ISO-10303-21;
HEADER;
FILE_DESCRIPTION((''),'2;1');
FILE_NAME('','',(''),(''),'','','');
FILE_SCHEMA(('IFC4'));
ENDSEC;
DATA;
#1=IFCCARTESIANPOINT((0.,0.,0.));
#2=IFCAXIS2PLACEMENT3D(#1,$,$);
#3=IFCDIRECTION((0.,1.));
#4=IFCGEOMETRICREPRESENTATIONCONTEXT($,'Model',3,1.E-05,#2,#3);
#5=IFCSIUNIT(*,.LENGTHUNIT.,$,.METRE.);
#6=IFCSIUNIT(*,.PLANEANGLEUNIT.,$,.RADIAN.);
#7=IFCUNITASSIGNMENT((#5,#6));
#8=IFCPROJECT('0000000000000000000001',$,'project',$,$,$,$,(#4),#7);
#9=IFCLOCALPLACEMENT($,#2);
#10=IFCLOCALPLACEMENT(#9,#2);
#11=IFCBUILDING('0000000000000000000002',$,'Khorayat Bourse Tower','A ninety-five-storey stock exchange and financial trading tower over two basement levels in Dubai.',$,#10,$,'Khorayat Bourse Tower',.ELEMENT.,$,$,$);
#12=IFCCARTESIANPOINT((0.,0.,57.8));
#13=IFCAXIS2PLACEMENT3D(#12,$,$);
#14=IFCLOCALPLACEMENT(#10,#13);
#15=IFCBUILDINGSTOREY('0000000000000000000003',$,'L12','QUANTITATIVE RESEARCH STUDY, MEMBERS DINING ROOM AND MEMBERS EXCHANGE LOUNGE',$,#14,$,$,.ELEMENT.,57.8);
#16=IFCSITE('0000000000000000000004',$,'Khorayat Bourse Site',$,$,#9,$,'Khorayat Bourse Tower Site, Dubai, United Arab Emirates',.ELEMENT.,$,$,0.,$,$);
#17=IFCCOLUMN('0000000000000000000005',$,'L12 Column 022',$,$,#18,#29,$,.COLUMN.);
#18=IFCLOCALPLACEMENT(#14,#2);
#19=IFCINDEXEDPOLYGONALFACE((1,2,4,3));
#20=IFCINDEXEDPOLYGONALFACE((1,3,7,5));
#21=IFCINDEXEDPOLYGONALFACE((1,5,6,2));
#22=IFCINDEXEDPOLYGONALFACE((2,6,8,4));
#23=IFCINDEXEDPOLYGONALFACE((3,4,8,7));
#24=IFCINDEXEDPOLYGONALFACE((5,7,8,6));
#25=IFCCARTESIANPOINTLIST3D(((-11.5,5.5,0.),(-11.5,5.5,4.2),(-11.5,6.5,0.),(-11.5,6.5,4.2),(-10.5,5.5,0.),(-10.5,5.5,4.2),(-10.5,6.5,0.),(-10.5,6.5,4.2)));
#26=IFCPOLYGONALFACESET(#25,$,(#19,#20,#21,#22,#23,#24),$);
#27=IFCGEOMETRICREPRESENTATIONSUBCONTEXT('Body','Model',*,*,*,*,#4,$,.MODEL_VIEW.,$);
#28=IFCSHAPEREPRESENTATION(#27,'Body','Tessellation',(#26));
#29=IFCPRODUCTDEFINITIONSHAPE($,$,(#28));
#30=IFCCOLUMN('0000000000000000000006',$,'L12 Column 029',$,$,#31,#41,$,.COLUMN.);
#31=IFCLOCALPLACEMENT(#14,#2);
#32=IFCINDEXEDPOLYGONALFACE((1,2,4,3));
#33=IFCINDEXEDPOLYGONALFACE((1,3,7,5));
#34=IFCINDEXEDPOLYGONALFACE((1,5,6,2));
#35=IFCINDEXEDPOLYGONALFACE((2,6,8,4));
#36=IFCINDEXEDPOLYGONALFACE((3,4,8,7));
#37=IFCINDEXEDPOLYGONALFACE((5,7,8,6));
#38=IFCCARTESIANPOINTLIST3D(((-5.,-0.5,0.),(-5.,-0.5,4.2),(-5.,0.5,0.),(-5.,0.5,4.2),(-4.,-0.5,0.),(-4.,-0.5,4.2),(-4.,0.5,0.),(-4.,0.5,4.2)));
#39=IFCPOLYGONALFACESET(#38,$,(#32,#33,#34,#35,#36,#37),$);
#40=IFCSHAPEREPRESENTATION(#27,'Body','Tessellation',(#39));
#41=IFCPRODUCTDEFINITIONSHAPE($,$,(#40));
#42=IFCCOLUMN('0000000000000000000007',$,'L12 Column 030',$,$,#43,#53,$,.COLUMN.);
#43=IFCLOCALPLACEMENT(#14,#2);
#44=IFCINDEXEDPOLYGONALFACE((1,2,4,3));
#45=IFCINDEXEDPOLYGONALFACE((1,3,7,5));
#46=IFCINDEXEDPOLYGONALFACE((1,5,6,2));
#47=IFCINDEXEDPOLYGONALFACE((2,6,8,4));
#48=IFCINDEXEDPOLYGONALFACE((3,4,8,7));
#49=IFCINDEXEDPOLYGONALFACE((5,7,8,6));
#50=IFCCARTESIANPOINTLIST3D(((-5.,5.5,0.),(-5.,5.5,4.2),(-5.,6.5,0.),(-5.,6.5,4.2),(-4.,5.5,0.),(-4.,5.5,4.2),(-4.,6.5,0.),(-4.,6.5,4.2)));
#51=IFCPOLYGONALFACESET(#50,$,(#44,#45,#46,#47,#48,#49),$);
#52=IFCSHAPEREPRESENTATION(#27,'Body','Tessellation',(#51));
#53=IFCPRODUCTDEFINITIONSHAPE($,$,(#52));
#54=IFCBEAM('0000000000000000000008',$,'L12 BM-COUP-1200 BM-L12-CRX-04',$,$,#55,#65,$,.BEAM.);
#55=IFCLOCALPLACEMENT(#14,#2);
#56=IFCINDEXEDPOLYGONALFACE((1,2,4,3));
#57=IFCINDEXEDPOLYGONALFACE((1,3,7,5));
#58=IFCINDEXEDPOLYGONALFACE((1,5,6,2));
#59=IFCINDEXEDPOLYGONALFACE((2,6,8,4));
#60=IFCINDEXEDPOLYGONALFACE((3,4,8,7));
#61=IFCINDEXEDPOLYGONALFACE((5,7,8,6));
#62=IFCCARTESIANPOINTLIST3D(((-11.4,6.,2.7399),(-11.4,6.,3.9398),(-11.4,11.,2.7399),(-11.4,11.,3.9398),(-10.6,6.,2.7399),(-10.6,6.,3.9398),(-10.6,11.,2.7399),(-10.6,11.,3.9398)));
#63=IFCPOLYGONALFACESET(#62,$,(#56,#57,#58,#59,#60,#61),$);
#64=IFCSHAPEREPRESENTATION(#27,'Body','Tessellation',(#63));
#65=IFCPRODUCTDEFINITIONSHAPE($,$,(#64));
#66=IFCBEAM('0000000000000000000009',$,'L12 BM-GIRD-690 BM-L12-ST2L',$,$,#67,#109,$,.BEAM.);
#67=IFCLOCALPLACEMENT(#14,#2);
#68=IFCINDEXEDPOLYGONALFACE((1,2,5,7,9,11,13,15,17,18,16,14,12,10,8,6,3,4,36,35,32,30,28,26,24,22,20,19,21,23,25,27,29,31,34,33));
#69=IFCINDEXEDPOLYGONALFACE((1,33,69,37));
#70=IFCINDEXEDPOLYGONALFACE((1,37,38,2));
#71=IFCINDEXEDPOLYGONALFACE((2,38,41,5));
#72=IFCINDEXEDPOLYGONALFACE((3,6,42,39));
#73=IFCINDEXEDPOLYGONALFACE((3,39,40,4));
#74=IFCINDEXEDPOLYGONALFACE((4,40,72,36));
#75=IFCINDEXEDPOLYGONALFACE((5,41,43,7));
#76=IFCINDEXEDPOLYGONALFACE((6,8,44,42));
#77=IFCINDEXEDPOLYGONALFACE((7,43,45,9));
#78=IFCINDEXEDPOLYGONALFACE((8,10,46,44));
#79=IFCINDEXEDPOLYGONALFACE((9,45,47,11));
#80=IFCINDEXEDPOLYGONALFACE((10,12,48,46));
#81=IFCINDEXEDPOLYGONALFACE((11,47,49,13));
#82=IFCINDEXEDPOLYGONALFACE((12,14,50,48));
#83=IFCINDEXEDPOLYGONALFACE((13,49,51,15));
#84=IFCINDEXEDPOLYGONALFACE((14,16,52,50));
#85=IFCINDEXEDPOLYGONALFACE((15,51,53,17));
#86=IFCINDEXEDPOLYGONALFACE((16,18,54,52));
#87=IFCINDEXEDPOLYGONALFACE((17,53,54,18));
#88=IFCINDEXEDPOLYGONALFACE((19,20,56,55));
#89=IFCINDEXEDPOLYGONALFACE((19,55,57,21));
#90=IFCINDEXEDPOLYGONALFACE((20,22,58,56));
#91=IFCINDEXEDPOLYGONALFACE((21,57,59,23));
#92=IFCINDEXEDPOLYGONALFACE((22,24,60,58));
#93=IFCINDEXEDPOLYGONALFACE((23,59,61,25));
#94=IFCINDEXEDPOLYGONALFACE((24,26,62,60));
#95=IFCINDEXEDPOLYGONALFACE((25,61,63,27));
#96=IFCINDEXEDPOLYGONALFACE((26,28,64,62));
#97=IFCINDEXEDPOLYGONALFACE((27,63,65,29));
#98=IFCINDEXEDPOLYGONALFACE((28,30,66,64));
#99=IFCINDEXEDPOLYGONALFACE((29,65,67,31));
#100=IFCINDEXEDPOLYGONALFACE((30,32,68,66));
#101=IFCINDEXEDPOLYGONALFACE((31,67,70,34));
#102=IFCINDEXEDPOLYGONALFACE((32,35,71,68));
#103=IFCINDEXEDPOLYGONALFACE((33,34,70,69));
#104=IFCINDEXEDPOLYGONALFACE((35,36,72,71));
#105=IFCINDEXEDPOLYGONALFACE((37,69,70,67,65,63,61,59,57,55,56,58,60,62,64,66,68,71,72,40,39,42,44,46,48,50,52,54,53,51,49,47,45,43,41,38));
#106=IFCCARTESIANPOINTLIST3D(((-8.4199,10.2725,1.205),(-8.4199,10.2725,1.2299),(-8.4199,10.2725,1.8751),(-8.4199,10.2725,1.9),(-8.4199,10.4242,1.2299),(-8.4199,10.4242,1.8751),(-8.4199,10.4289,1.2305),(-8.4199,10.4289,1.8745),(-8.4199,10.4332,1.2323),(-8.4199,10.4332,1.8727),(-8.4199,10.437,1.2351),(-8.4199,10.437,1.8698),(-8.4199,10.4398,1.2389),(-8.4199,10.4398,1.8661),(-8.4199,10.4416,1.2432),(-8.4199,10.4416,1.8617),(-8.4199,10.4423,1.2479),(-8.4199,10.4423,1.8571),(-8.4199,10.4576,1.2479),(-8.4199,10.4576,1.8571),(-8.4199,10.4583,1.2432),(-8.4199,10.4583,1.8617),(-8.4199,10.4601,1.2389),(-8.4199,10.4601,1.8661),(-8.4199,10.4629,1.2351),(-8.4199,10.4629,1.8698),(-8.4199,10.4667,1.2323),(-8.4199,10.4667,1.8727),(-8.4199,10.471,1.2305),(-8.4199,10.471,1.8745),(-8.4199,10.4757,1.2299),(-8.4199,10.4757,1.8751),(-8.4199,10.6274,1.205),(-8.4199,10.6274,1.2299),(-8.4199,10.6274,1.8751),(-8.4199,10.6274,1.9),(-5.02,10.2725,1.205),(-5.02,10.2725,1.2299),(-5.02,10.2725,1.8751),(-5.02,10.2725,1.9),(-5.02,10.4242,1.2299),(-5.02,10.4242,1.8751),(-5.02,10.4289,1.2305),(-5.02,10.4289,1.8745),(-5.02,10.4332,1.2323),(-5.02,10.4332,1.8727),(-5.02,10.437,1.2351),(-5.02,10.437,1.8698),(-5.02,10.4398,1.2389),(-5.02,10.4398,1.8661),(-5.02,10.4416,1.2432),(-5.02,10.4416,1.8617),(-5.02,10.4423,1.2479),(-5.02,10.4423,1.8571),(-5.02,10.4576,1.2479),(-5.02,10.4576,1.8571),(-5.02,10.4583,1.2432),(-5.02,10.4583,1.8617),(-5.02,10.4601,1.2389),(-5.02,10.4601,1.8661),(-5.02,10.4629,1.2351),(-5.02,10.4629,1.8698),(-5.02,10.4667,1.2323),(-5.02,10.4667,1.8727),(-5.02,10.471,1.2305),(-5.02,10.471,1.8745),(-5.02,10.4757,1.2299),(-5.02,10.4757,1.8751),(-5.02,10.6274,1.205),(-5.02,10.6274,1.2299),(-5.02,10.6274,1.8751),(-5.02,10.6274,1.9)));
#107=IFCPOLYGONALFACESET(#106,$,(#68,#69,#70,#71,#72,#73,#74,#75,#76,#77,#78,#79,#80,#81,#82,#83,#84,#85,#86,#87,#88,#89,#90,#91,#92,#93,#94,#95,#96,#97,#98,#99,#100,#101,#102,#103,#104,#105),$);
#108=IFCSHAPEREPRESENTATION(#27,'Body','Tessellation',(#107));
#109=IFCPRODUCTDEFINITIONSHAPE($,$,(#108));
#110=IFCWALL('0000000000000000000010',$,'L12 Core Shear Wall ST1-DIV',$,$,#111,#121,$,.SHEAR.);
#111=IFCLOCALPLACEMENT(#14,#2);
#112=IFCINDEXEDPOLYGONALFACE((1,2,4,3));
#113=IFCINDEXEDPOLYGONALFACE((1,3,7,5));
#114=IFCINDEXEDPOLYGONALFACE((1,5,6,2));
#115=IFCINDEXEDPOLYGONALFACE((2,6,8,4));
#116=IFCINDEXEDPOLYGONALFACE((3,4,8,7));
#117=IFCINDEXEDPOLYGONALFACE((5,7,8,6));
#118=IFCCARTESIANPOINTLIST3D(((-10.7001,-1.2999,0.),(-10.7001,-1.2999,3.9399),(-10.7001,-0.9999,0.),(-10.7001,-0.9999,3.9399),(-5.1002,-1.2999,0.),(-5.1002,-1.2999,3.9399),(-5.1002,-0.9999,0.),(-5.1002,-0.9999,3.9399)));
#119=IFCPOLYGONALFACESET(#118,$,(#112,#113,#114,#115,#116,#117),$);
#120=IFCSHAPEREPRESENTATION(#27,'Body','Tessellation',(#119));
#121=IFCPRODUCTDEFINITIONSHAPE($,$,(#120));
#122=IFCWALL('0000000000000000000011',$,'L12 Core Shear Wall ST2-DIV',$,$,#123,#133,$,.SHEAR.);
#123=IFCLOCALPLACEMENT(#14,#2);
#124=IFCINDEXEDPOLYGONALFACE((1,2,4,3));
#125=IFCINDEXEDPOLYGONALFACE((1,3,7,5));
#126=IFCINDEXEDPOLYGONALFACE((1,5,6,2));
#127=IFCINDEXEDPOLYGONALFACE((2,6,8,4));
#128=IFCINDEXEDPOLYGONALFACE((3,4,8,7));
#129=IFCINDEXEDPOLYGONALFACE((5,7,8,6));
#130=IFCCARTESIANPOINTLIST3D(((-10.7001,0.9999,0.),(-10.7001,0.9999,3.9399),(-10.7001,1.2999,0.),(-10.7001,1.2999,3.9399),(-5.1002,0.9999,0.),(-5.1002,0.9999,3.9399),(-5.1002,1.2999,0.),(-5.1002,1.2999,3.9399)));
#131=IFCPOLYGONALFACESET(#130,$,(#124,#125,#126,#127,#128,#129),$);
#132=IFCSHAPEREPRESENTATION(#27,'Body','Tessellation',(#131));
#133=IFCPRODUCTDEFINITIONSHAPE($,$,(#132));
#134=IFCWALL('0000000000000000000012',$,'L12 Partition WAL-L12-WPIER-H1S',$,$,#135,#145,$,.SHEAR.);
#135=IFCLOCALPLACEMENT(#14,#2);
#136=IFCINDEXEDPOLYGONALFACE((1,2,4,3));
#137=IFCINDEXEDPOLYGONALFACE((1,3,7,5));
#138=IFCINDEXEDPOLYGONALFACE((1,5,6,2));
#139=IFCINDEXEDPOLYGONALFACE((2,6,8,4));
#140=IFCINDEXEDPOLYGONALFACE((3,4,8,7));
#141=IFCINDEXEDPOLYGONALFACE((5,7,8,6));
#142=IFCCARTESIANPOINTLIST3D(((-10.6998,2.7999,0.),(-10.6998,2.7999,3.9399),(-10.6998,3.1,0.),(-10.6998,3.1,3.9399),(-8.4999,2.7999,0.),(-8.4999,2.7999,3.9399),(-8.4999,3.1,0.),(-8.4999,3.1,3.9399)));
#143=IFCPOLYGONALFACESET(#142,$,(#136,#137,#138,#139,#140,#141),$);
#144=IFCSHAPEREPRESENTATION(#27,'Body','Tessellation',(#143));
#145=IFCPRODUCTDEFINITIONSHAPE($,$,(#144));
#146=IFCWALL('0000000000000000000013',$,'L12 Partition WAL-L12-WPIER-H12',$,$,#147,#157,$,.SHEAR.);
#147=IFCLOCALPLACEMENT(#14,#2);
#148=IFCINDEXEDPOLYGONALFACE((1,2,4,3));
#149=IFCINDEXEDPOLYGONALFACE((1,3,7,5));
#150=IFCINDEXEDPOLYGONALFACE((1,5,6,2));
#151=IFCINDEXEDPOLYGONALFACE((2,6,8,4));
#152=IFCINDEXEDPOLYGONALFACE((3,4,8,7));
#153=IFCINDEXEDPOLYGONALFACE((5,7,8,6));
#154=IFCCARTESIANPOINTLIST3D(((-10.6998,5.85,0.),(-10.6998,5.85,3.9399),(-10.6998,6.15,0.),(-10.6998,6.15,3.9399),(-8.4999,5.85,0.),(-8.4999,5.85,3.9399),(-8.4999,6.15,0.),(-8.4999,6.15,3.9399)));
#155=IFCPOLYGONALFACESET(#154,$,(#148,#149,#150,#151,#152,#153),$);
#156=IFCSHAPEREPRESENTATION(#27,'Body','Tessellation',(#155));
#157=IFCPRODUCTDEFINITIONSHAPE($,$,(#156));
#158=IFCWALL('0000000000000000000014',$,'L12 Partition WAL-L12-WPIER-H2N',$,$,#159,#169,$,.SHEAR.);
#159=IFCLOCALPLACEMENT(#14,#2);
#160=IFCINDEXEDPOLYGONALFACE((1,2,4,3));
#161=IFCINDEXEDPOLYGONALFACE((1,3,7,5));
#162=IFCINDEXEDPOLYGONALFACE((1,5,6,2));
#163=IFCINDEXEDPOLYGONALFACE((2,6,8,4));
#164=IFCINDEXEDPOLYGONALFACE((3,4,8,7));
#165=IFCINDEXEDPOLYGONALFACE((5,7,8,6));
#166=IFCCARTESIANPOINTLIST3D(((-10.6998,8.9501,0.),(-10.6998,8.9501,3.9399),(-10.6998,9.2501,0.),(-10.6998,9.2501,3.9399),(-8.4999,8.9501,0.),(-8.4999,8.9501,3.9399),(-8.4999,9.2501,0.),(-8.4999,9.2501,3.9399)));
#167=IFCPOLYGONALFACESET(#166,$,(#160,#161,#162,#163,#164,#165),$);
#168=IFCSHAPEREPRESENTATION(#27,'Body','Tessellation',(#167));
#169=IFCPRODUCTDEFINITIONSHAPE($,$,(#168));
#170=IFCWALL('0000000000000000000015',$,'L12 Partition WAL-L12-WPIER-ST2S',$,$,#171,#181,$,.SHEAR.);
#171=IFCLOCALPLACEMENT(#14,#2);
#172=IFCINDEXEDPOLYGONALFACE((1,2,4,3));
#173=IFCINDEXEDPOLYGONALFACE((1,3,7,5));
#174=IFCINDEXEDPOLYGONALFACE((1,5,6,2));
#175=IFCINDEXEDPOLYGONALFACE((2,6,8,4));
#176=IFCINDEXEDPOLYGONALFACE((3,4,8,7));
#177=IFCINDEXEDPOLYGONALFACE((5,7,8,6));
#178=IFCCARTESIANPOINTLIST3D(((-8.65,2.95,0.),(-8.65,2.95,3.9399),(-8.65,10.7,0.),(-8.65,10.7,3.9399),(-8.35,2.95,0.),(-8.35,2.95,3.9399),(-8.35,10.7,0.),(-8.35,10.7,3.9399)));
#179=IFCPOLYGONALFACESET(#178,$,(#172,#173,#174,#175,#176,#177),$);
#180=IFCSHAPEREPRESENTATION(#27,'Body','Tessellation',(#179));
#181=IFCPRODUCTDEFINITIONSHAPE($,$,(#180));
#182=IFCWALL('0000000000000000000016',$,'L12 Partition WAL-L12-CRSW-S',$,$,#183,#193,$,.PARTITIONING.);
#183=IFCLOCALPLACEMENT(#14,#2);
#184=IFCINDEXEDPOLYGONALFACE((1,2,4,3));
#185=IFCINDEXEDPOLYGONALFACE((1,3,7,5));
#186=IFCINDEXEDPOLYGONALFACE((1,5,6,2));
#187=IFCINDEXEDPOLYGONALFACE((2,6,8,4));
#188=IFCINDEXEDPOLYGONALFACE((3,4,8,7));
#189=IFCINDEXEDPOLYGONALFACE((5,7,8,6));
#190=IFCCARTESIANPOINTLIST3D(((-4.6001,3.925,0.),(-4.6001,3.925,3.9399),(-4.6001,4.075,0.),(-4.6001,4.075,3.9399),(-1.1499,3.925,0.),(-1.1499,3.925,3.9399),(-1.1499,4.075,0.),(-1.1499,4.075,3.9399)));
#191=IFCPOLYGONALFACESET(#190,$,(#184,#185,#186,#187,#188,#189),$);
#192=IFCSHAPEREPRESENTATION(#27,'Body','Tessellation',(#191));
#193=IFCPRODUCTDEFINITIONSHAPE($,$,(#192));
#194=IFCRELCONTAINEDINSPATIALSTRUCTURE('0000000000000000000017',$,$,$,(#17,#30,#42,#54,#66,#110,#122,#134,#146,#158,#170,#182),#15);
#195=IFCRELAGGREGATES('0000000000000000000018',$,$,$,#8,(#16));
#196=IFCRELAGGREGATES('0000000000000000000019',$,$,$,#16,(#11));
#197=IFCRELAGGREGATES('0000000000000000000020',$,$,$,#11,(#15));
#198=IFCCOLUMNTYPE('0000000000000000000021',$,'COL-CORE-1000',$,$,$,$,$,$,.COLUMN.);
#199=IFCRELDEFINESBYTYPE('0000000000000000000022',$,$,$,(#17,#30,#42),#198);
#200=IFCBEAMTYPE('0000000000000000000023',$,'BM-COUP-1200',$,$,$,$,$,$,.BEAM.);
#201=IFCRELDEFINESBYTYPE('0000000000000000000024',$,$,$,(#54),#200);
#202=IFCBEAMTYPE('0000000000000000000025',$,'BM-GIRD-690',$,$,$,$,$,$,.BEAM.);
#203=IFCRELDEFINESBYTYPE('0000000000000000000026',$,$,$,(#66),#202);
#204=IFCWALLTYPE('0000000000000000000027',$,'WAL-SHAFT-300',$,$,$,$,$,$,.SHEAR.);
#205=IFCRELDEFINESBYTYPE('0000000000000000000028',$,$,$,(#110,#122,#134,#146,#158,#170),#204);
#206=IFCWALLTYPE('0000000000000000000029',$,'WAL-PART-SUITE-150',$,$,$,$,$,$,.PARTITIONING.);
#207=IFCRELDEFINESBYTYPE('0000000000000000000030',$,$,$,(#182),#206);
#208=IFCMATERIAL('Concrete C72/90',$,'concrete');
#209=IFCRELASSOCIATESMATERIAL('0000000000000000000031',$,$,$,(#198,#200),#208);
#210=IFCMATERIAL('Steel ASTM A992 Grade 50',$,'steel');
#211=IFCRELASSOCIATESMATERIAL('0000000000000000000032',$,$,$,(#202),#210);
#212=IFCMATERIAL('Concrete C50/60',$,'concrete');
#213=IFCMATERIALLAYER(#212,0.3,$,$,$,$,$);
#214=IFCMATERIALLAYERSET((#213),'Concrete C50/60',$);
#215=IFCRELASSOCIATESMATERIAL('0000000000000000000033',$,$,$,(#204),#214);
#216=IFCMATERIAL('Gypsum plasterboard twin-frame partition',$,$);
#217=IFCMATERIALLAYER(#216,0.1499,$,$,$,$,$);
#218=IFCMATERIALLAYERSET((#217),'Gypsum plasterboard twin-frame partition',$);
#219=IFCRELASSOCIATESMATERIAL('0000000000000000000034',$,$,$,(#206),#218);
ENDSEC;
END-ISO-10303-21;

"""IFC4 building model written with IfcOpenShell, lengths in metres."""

from ifc_helpers import new_model, si_unit, direction, frame, frame_2d, origin, origin_2d, place, context, subcontext, project, spatial, rectangle, i_section, extrude, source, transform, mapped, material, layer, layer_set, material_profile, profile_set, type_object, element, save


model = new_model("IFC4")

# Units and contexts
model_context = context("Model", 3, precision=1e-05, world=origin(), true_north=direction((0.0, 1.0)))
body_context = subcontext(model_context, "Body", "Model", "MODEL_VIEW")
ifc_project = project(units=[si_unit("LENGTHUNIT", "METRE"), si_unit("PLANEANGLEUNIT", "RADIAN")], contexts=[model_context])

# Site, building, storey
site_placement = place(None, origin())
site = spatial("IfcSite", under=ifc_project, at=site_placement, Name="Khorayat Bourse Site", LongName="Khorayat Bourse Tower Site, Dubai, United Arab Emirates", CompositionType="ELEMENT", RefElevation=0.0)
building_placement = place(site_placement, origin())
building = spatial("IfcBuilding", under=site, at=building_placement, Name="Khorayat Bourse Tower", Description="A ninety-five-storey stock exchange and financial trading tower over two basement levels in Dubai.", LongName="Khorayat Bourse Tower", CompositionType="ELEMENT")
storey_placement = place(building_placement, frame((0.0, 0.0, 57.8)))
storey = spatial("IfcBuildingStorey", under=building, at=storey_placement, Name="L12", Description="QUANTITATIVE RESEARCH STUDY, MEMBERS DINING ROOM AND MEMBERS EXCHANGE LOUNGE", CompositionType="ELEMENT", Elevation=57.8)

# Columns
ifc_material_1 = material(Name="Concrete C72/90", Category="concrete")
ifc_material_profile_1 = material_profile(ifc_material_1, rectangle(XDim=1.0, YDim=1.0, at=origin_2d()), Name="RC 1000x1000")
ifc_profile_set_1 = profile_set([ifc_material_profile_1], Name="Concrete C72/90")
column_type = type_object("IfcColumnType", Name="COL-CORE-1000", PredefinedType="COLUMN", material=ifc_profile_set_1)
shared_shape_1 = source(origin(), body_context, "Body", "SweptSolid", [
    extrude(rectangle(XDim=1.0, YDim=1.0, at=origin_2d()), origin(), (0.0, 0.0, 1.0), 4.2),
])
for number, where, z_axis, x_axis, name in (
    (1, (-11.0, 6.0, 0.0), (0.0, 0.0, 1.0), (1.0, 0.0, 0.0), "L12 Column 022"),
    (2, (-4.5, 0.0, 0.0), (0.0, 0.0, 1.0), (1.0, 0.0, 0.0), "L12 Column 029"),
    (3, (-4.5, 6.0, 0.0), (0.0, 0.0, 1.0), (1.0, 0.0, 0.0), "L12 Column 030"),
):
    element("IfcColumn", number, at=place(storey_placement, frame(where, z_axis=z_axis, x_axis=x_axis)), inside=storey, type_object=column_type, Name=name, PredefinedType="COLUMN", context=body_context, shape_type="MappedRepresentation", body=[
        mapped(shared_shape_1, transform((0.0, 0.0, 0.0), scale=1.0)),
    ])

# Beams
ifc_material_profile_2 = material_profile(ifc_material_1, rectangle(XDim=0.8, YDim=1.2, at=origin_2d()), Name="RC 800x1200")
ifc_profile_set_2 = profile_set([ifc_material_profile_2], Name="Concrete C72/90")
beam_type_1 = type_object("IfcBeamType", Name="BM-COUP-1200", PredefinedType="BEAM", material=ifc_profile_set_2)
shared_shape_2 = source(origin(), body_context, "Body", "SweptSolid", [
    extrude(rectangle(XDim=0.8, YDim=1.2, at=origin_2d()), origin(), (0.0, 0.0, 1.0), 5.0),
])
beam_1_placement = place(storey_placement, frame((-11.0, 6.0, 3.3398), z_axis=(0.0, 1.0, 0.0), x_axis=(-1.0, 0.0, 0.0)))
element("IfcBeam", 4, at=beam_1_placement, inside=storey, type_object=beam_type_1, Name="L12 BM-COUP-1200 BM-L12-CRX-04", PredefinedType="BEAM", context=body_context, shape_type="MappedRepresentation", body=[
    mapped(shared_shape_2, transform((0.0, 0.0, 0.0), scale=1.0)),
])
ifc_material_2 = material(Name="Steel ASTM A992 Grade 50", Category="steel")
ifc_material_profile_3 = material_profile(ifc_material_2, i_section(OverallWidth=0.355, OverallDepth=0.6951, WebThickness=0.0154, FlangeThickness=0.0249, FilletRadius=0.0181, at=origin_2d()), Name="W690X217")
ifc_profile_set_3 = profile_set([ifc_material_profile_3], Name="Steel ASTM A992 Grade 50")
beam_type_2 = type_object("IfcBeamType", Name="BM-GIRD-690", PredefinedType="BEAM", material=ifc_profile_set_3)
shared_shape_3 = source(origin(), body_context, "Body", "SweptSolid", [
    extrude(i_section(OverallWidth=0.355, OverallDepth=0.6951, WebThickness=0.0154, FlangeThickness=0.0249, FilletRadius=0.0181, at=origin_2d()), origin(), (0.0, 0.0, 1.0), 3.3999),
])
beam_2_placement = place(storey_placement, frame((-8.4199, 10.45, 1.5525), z_axis=(1.0, 0.0, 0.0), x_axis=(0.0, 1.0, 0.0)))
element("IfcBeam", 5, at=beam_2_placement, inside=storey, type_object=beam_type_2, Name="L12 BM-GIRD-690 BM-L12-ST2L", PredefinedType="BEAM", context=body_context, shape_type="MappedRepresentation", body=[
    mapped(shared_shape_3, transform((0.0, 0.0, 0.0), scale=1.0)),
])

# Walls
ifc_material_3 = material(Name="Concrete C50/60", Category="concrete")
ifc_layer_1 = layer(ifc_material_3, 0.3)
ifc_layer_set_1 = layer_set([ifc_layer_1], Name="Concrete C50/60")
wall_type_1 = type_object("IfcWallType", Name="WAL-SHAFT-300", PredefinedType="SHEAR", material=ifc_layer_set_1)
shared_shape_4 = source(origin(), body_context, "Body", "SweptSolid", [
    extrude(rectangle(XDim=5.5999, YDim=0.3, at=frame_2d((2.7998, 0.0))), origin(), (0.0, 0.0, 1.0), 3.9399),
])
for number, where, z_axis, x_axis, name in (
    (6, (-10.7, -1.1499, 0.0), (0.0, 0.0, 1.0), (1.0, 0.0, 0.0), "L12 Core Shear Wall ST1-DIV"),
    (7, (-10.7, 1.1499, 0.0), (0.0, 0.0, 1.0), (1.0, 0.0, 0.0), "L12 Core Shear Wall ST2-DIV"),
):
    element("IfcWall", number, at=place(storey_placement, frame(where, z_axis=z_axis, x_axis=x_axis)), inside=storey, type_object=wall_type_1, Name=name, PredefinedType="SHEAR", context=body_context, shape_type="MappedRepresentation", body=[
        mapped(shared_shape_4, transform((0.0, 0.0, 0.0), scale=1.0)),
    ])
shared_shape_5 = source(origin(), body_context, "Body", "SweptSolid", [
    extrude(rectangle(XDim=2.2, YDim=0.3, at=frame_2d((1.1001, 0.0))), origin(), (0.0, 0.0, 1.0), 3.9399),
])
for number, where, z_axis, x_axis, name in (
    (8, (-10.7, 2.95, 0.0), (0.0, 0.0, 1.0), (1.0, 0.0, 0.0), "L12 Partition WAL-L12-WPIER-H1S"),
    (9, (-10.7, 6.0, 0.0), (0.0, 0.0, 1.0), (1.0, 0.0, 0.0), "L12 Partition WAL-L12-WPIER-H12"),
    (10, (-10.7, 9.1001, 0.0), (0.0, 0.0, 1.0), (1.0, 0.0, 0.0), "L12 Partition WAL-L12-WPIER-H2N"),
):
    element("IfcWall", number, at=place(storey_placement, frame(where, z_axis=z_axis, x_axis=x_axis)), inside=storey, type_object=wall_type_1, Name=name, PredefinedType="SHEAR", context=body_context, shape_type="MappedRepresentation", body=[
        mapped(shared_shape_5, transform((0.0, 0.0, 0.0), scale=1.0)),
    ])
shared_shape_6 = source(origin(), body_context, "Body", "SweptSolid", [
    extrude(rectangle(XDim=7.75, YDim=0.3, at=frame_2d((3.875, 0.0))), origin(), (0.0, 0.0, 1.0), 3.9399),
])
wall_1_placement = place(storey_placement, frame((-8.5, 2.95, 0.0), z_axis=(0.0, 0.0, 1.0), x_axis=(0.0, 1.0, 0.0)))
element("IfcWall", 11, at=wall_1_placement, inside=storey, type_object=wall_type_1, Name="L12 Partition WAL-L12-WPIER-ST2S", PredefinedType="SHEAR", context=body_context, shape_type="MappedRepresentation", body=[
    mapped(shared_shape_6, transform((0.0, 0.0, 0.0), scale=1.0)),
])
ifc_material_4 = material(Name="Gypsum plasterboard twin-frame partition")
ifc_layer_2 = layer(ifc_material_4, 0.1499)
ifc_layer_set_2 = layer_set([ifc_layer_2], Name="Gypsum plasterboard twin-frame partition")
wall_type_2 = type_object("IfcWallType", Name="WAL-PART-SUITE-150", PredefinedType="PARTITIONING", material=ifc_layer_set_2)
shared_shape_7 = source(origin(), body_context, "Body", "SweptSolid", [
    extrude(rectangle(XDim=3.4502, YDim=0.1499, at=frame_2d((1.7251, 0.0))), origin(), (0.0, 0.0, 1.0), 3.9399),
])
wall_2_placement = place(storey_placement, frame((-4.6001, 4.0, 0.0), z_axis=(0.0, 0.0, 1.0), x_axis=(1.0, 0.0, 0.0)))
element("IfcWall", 12, at=wall_2_placement, inside=storey, type_object=wall_type_2, Name="L12 Partition WAL-L12-CRSW-S", PredefinedType="PARTITIONING", context=body_context, shape_type="MappedRepresentation", body=[
    mapped(shared_shape_7, transform((0.0, 0.0, 0.0), scale=1.0)),
])

save(model, "model.ifc")
